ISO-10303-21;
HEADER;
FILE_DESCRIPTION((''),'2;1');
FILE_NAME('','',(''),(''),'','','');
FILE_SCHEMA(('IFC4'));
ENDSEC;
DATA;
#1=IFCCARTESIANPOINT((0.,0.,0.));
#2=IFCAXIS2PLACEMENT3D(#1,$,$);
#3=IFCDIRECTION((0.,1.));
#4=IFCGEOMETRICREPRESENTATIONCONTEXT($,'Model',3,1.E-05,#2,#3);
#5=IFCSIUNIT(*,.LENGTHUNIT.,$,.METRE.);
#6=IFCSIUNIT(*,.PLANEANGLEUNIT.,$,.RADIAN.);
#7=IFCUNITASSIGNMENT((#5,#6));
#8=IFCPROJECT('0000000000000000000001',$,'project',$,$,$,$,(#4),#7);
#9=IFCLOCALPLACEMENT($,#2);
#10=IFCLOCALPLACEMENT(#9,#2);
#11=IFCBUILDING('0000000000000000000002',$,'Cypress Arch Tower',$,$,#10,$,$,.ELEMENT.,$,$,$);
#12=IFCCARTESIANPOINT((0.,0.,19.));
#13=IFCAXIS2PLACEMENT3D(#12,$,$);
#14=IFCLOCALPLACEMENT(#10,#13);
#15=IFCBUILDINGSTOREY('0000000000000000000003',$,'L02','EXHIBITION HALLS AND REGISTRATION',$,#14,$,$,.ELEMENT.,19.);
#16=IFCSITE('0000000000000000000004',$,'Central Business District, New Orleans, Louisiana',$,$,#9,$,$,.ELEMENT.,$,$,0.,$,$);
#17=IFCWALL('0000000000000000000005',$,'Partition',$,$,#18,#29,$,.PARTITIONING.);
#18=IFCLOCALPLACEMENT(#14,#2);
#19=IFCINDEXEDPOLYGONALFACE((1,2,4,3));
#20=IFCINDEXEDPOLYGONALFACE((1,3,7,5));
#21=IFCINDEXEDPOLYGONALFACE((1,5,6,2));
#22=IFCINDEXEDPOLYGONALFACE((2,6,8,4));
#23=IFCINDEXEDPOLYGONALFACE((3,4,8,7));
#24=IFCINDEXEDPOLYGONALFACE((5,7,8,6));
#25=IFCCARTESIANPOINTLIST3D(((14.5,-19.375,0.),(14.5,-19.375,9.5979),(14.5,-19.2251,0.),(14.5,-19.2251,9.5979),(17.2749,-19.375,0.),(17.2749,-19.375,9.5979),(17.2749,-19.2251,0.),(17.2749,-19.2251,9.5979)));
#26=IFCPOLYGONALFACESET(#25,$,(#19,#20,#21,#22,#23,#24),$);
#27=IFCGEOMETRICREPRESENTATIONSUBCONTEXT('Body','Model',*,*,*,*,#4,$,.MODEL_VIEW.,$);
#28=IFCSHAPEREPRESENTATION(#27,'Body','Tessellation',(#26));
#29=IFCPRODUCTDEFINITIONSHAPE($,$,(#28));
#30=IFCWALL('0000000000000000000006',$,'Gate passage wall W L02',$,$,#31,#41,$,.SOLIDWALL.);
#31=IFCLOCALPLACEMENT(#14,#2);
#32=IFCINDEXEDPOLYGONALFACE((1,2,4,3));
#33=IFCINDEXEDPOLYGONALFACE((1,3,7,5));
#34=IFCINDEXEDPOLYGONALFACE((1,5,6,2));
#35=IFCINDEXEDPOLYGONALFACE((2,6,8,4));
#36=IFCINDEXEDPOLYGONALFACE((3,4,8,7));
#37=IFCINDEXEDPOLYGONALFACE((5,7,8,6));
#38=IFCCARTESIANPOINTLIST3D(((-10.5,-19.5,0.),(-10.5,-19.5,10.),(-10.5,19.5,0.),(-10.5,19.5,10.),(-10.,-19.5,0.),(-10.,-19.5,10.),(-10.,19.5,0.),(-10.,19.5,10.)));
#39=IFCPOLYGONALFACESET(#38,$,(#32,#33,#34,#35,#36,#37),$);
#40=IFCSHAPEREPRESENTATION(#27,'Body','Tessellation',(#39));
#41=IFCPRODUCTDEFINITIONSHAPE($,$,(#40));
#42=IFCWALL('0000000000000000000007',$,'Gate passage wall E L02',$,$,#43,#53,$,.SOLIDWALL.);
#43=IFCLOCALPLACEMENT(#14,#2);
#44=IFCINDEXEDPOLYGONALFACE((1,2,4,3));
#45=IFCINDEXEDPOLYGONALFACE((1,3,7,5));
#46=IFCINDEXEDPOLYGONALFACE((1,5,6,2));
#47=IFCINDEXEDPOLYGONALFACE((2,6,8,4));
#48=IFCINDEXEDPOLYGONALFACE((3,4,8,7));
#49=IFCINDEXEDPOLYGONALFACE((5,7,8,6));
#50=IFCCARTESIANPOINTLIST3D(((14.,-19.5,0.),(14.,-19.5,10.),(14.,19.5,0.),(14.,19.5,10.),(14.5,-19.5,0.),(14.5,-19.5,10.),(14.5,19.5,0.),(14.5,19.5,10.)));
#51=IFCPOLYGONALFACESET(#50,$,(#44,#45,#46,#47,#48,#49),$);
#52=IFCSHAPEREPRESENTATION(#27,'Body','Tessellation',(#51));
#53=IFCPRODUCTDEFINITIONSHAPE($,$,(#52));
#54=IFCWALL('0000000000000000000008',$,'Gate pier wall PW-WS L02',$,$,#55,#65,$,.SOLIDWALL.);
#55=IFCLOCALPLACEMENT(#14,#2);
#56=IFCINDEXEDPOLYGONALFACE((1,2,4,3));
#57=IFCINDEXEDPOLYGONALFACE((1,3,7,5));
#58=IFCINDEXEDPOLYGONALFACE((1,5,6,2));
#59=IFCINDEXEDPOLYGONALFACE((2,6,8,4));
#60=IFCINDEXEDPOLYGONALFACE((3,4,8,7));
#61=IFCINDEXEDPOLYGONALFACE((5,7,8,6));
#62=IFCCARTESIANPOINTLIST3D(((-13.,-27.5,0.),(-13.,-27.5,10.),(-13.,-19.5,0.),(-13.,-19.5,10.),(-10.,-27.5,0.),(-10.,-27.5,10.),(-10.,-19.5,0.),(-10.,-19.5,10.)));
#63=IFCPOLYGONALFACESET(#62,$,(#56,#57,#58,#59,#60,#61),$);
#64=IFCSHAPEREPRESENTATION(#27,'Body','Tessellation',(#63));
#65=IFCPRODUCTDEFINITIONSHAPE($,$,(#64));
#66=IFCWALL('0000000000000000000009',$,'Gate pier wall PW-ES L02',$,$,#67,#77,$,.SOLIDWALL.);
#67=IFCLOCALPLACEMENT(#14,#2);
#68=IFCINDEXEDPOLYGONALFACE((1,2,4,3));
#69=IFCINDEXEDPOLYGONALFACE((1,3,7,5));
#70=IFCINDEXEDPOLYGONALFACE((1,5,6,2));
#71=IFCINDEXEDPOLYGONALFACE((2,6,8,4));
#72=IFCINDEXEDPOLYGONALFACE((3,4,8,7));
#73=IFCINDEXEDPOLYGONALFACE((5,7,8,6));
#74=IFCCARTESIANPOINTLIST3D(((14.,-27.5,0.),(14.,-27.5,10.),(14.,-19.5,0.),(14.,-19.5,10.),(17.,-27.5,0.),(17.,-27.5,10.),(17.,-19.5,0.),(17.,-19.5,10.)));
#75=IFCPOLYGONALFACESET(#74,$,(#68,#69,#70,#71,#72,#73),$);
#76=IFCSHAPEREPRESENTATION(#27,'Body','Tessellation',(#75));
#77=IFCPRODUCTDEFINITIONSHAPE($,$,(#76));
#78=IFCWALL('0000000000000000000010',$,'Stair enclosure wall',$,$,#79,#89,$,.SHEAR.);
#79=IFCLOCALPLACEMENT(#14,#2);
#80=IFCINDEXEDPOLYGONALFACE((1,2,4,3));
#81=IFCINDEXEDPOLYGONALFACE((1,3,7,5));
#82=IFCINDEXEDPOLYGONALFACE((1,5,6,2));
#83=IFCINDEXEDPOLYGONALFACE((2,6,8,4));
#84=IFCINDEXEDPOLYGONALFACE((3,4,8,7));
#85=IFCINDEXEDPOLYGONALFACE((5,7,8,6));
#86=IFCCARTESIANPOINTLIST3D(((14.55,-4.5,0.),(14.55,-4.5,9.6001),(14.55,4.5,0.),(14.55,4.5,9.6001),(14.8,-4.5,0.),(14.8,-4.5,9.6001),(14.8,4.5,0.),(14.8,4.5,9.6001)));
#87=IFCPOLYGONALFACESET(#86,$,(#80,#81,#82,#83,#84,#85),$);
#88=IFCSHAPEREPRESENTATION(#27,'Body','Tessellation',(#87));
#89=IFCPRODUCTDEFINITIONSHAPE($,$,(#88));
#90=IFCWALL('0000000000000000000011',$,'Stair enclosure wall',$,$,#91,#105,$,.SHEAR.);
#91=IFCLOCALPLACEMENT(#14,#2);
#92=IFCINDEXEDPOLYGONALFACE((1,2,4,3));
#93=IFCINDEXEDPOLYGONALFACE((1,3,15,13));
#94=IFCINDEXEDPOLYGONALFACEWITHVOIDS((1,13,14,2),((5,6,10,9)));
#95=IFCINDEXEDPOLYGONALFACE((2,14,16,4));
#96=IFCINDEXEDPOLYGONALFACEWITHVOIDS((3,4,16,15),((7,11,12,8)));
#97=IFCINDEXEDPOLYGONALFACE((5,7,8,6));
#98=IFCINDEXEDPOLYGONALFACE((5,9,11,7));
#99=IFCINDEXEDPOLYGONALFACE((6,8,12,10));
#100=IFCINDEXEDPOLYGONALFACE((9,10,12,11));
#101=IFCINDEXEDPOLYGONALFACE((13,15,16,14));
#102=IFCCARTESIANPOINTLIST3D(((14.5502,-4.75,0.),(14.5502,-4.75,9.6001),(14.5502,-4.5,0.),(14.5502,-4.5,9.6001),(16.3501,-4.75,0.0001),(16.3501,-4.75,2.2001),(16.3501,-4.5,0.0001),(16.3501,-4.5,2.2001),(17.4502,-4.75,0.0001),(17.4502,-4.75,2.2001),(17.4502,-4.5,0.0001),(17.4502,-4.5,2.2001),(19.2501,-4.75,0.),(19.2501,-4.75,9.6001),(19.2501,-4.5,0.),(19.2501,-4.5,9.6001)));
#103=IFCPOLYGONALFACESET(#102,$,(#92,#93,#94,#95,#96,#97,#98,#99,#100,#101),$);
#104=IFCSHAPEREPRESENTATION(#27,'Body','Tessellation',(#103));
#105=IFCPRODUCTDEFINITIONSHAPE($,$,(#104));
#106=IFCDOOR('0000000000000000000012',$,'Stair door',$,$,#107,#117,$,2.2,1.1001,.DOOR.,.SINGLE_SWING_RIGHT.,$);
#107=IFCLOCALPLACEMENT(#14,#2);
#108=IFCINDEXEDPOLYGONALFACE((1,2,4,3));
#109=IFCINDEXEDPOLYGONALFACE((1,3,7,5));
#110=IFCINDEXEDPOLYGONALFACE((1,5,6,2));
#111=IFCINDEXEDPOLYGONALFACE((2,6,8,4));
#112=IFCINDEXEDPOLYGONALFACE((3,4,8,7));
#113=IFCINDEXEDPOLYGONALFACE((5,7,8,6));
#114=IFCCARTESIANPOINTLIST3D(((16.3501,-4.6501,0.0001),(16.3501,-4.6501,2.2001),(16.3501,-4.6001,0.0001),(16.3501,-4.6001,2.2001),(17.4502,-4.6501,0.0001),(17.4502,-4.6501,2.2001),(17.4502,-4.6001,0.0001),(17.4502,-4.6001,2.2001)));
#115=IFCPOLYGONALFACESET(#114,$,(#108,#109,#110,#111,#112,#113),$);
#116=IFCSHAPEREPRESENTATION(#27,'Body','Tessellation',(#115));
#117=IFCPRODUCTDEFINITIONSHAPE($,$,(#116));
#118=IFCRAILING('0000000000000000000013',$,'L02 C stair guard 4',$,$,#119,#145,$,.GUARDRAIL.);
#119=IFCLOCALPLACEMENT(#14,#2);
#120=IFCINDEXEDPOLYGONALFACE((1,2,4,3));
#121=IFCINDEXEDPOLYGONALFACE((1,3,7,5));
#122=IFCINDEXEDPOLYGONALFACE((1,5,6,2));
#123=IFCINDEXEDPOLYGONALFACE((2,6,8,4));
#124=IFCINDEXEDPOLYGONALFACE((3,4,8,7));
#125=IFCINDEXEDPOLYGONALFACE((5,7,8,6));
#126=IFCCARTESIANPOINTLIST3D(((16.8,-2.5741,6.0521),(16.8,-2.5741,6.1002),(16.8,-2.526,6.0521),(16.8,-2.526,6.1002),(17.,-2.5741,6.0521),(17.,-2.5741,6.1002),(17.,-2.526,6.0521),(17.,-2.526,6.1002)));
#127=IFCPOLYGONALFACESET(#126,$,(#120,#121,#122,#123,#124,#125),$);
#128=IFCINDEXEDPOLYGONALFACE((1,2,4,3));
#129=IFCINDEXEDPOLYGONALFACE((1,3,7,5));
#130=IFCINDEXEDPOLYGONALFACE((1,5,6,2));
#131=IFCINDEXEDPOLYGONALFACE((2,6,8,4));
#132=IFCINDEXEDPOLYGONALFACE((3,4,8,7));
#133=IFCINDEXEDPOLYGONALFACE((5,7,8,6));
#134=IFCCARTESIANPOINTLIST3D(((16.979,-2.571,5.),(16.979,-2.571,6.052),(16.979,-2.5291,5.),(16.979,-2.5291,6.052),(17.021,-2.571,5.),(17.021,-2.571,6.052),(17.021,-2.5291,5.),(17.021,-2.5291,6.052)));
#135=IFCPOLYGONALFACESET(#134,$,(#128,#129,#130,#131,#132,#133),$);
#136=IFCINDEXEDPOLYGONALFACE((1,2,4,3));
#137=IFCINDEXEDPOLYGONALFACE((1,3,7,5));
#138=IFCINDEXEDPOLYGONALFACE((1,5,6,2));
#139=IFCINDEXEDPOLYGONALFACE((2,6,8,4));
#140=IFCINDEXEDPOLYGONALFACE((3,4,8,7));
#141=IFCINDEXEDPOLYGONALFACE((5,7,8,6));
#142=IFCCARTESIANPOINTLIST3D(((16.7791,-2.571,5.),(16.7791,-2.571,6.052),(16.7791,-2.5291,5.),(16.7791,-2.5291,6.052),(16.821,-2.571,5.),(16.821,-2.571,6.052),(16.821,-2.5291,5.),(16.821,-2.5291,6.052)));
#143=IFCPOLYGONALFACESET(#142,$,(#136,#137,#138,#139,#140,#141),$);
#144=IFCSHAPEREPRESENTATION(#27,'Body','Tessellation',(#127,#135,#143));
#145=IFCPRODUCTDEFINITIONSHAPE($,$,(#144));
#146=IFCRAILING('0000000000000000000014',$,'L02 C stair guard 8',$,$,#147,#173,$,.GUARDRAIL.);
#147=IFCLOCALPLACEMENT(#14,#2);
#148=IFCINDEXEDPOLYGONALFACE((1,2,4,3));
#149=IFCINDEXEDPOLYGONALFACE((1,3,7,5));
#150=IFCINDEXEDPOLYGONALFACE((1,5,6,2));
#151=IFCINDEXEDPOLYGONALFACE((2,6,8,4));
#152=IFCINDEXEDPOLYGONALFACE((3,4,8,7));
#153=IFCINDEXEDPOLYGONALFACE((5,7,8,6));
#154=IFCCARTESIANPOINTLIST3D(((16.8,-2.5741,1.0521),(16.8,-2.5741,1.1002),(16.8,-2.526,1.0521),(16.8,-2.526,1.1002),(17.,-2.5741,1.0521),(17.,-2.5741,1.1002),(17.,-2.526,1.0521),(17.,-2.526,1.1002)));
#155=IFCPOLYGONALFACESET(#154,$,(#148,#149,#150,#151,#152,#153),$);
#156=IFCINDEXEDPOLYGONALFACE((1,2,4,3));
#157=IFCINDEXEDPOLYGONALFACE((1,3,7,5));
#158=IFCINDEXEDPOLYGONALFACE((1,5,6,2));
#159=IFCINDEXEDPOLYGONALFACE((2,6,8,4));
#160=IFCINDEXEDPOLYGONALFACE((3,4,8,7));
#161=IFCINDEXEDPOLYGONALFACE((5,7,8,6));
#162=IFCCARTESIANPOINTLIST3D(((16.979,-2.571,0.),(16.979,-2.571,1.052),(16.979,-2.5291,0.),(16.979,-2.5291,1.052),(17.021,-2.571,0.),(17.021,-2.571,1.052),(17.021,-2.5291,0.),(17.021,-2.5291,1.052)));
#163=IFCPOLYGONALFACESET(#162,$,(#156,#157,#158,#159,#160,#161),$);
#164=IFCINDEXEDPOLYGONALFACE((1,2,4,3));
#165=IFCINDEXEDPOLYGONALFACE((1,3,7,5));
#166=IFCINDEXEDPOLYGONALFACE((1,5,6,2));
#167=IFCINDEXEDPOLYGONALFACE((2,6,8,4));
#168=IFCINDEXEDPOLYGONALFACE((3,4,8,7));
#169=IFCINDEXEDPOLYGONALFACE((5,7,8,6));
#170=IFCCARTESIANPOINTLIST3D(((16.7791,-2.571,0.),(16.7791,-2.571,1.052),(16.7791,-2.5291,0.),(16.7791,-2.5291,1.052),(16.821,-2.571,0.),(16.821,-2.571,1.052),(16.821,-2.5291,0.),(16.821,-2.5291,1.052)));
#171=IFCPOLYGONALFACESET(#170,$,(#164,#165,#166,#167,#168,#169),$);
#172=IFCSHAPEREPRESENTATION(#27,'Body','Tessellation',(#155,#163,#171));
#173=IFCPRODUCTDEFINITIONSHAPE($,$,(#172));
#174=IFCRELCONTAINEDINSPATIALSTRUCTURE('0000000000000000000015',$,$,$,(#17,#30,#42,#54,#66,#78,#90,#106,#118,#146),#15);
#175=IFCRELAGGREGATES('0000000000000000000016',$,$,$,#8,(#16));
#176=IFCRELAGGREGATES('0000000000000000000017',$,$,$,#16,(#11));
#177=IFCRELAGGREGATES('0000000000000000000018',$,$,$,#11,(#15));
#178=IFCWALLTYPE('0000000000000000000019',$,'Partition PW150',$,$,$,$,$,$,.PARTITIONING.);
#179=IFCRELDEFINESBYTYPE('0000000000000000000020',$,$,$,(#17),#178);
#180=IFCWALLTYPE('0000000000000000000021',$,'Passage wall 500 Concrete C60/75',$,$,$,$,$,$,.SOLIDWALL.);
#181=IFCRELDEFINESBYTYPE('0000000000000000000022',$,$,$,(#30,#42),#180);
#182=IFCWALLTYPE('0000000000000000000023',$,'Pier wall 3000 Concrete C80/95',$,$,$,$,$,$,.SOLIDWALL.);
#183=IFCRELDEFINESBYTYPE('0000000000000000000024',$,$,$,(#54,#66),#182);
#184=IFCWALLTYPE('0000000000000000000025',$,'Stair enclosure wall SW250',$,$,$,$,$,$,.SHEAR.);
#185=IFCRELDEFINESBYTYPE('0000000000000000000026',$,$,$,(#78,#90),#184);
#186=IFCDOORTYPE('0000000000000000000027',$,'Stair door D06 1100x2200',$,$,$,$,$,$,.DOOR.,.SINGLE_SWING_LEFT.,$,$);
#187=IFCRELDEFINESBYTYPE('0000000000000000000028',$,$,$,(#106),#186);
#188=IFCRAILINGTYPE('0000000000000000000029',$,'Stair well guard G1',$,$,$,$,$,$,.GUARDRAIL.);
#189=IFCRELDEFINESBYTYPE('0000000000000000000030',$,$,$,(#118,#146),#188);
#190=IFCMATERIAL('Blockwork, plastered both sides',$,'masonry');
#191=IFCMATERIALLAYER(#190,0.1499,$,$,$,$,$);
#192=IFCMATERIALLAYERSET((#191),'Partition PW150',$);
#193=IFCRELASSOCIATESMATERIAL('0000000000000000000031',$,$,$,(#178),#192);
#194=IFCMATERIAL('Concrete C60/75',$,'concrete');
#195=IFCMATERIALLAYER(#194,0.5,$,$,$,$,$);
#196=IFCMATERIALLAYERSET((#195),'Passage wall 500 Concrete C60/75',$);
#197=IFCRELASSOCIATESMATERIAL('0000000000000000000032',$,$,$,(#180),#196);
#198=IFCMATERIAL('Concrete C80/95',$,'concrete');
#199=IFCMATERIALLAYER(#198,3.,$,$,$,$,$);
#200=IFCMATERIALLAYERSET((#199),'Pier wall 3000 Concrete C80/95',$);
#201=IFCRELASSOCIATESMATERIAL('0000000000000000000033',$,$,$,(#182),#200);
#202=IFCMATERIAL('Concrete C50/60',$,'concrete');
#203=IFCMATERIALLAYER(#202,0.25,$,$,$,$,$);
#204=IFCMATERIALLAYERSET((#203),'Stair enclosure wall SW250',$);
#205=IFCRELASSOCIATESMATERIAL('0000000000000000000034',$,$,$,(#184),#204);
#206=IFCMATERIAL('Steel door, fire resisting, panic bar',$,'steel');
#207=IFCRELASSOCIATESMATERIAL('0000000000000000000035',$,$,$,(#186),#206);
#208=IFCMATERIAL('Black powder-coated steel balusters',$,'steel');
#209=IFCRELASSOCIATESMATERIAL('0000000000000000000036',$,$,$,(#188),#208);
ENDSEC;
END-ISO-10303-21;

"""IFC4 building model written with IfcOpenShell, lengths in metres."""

from ifc_helpers import new_model, si_unit, direction, frame, frame_2d, origin, origin_2d, place, context, subcontext, project, spatial, rectangle, extrude, material, layer, layer_set, type_object, element, fill, save


model = new_model("IFC4")

# Units and contexts
model_context = context("Model", 3, precision=1e-05, world=origin(), true_north=direction((0.0, 1.0)))
body_context = subcontext(model_context, "Body", "Model", "MODEL_VIEW")
ifc_project = project(units=[si_unit("LENGTHUNIT", "METRE"), si_unit("PLANEANGLEUNIT", "RADIAN")], contexts=[model_context])

# Site, building, storey
site_placement = place(None, origin())
site = spatial("IfcSite", under=ifc_project, at=site_placement, Name="Central Business District, New Orleans, Louisiana", CompositionType="ELEMENT", RefElevation=0.0)
building_placement = place(site_placement, origin())
building = spatial("IfcBuilding", under=site, at=building_placement, Name="Cypress Arch Tower", CompositionType="ELEMENT")
storey_placement = place(building_placement, frame((0.0, 0.0, 19.0)))
storey = spatial("IfcBuildingStorey", under=building, at=storey_placement, Name="L02", Description="EXHIBITION HALLS AND REGISTRATION", CompositionType="ELEMENT", Elevation=19.0)

# Walls
ifc_material_1 = material(Name="Blockwork, plastered both sides", Category="masonry")
ifc_layer_1 = layer(ifc_material_1, 0.1499)
ifc_layer_set_1 = layer_set([ifc_layer_1], Name="Partition PW150")
wall_type_1 = type_object("IfcWallType", Name="Partition PW150", PredefinedType="PARTITIONING", material=ifc_layer_set_1)
wall_1_placement = place(storey_placement, frame((14.5, -19.3, 0.0), z_axis=(0.0, 0.0, 1.0), x_axis=(1.0, 0.0, 0.0)))
element("IfcWall", 1, at=wall_1_placement, inside=storey, type_object=wall_type_1, Name="Partition", PredefinedType="PARTITIONING", context=body_context, shape_type="SweptSolid", body=[
    extrude(rectangle(XDim=2.7749, YDim=0.1499, at=frame_2d((1.3875, 0.0))), origin(), (0.0, 0.0, 1.0), 9.5979),
])
ifc_material_2 = material(Name="Concrete C60/75", Category="concrete")
ifc_layer_2 = layer(ifc_material_2, 0.5)
ifc_layer_set_2 = layer_set([ifc_layer_2], Name="Passage wall 500 Concrete C60/75")
wall_type_2 = type_object("IfcWallType", Name="Passage wall 500 Concrete C60/75", PredefinedType="SOLIDWALL", material=ifc_layer_set_2)
for number, where, z_axis, x_axis, name in (
    (2, (-10.25, -19.5, 0.0), (0.0, 0.0, 1.0), (0.0, 1.0, 0.0), "Gate passage wall W L02"),
    (3, (14.25, -19.5, 0.0), (0.0, 0.0, 1.0), (0.0, 1.0, 0.0), "Gate passage wall E L02"),
):
    element("IfcWall", number, at=place(storey_placement, frame(where, z_axis=z_axis, x_axis=x_axis)), inside=storey, type_object=wall_type_2, Name=name, PredefinedType="SOLIDWALL", context=body_context, shape_type="SweptSolid", body=[
        extrude(rectangle(XDim=39.0, YDim=0.5, at=frame_2d((19.5, 0.0))), origin(), (0.0, 0.0, 1.0), 10.0),
    ])
ifc_material_3 = material(Name="Concrete C80/95", Category="concrete")
ifc_layer_3 = layer(ifc_material_3, 3.0)
ifc_layer_set_3 = layer_set([ifc_layer_3], Name="Pier wall 3000 Concrete C80/95")
wall_type_3 = type_object("IfcWallType", Name="Pier wall 3000 Concrete C80/95", PredefinedType="SOLIDWALL", material=ifc_layer_set_3)
for number, where, z_axis, x_axis, name in (
    (4, (-11.5, -27.5, 0.0), (0.0, 0.0, 1.0), (0.0, 1.0, 0.0), "Gate pier wall PW-WS L02"),
    (5, (15.5, -27.5, 0.0), (0.0, 0.0, 1.0), (0.0, 1.0, 0.0), "Gate pier wall PW-ES L02"),
):
    element("IfcWall", number, at=place(storey_placement, frame(where, z_axis=z_axis, x_axis=x_axis)), inside=storey, type_object=wall_type_3, Name=name, PredefinedType="SOLIDWALL", context=body_context, shape_type="SweptSolid", body=[
        extrude(rectangle(XDim=8.0, YDim=3.0, at=frame_2d((4.0, 0.0))), origin(), (0.0, 0.0, 1.0), 10.0),
    ])
ifc_material_4 = material(Name="Concrete C50/60", Category="concrete")
ifc_layer_4 = layer(ifc_material_4, 0.25)
ifc_layer_set_4 = layer_set([ifc_layer_4], Name="Stair enclosure wall SW250")
wall_type_4 = type_object("IfcWallType", Name="Stair enclosure wall SW250", PredefinedType="SHEAR", material=ifc_layer_set_4)
wall_2_placement = place(storey_placement, frame((14.675, -4.5, 0.0), z_axis=(0.0, 0.0, 1.0), x_axis=(0.0, 1.0, 0.0)))
element("IfcWall", 6, at=wall_2_placement, inside=storey, type_object=wall_type_4, Name="Stair enclosure wall", PredefinedType="SHEAR", context=body_context, shape_type="SweptSolid", body=[
    extrude(rectangle(XDim=9.0, YDim=0.25, at=frame_2d((4.5, 0.0))), origin(), (0.0, 0.0, 1.0), 9.6001),
])

# Wall, opening, door
wall_3_placement = place(storey_placement, frame((14.55, -4.625, 0.0), z_axis=(0.0, 0.0, 1.0), x_axis=(1.0, 0.0, 0.0)))
wall_3 = element("IfcWall", 7, at=wall_3_placement, inside=storey, type_object=wall_type_4, Name="Stair enclosure wall", PredefinedType="SHEAR", context=body_context, shape_type="SweptSolid", body=[
    extrude(rectangle(XDim=4.7, YDim=0.25, at=frame_2d((2.3501, 0.0))), origin(), (0.0, 0.0, 1.0), 9.6001),
])
opening_1_placement = place(wall_3_placement, frame((1.8, 0.0, 0.0)))
opening_1 = element("IfcOpeningElement", 8, at=opening_1_placement, cuts=wall_3, PredefinedType="OPENING", context=body_context, shape_type="SweptSolid", body=[
    extrude(rectangle(XDim=1.1001, YDim=2.2, at=frame_2d((0.55, 1.1001))), frame((0.0, 0.135, 0.0), z_axis=(0.0, -1.0, 0.0), x_axis=(1.0, 0.0, 0.0)), (0.0, 0.0, 1.0), 0.27),
])
ifc_material_5 = material(Name="Steel door, fire resisting, panic bar", Category="steel")
door_type_1 = type_object("IfcDoorType", Name="Stair door D06 1100x2200", OperationType="SINGLE_SWING_LEFT", PredefinedType="DOOR", material=ifc_material_5)
door_1_placement = place(opening_1_placement, origin())
door_1 = element("IfcDoor", 9, at=door_1_placement, inside=storey, type_object=door_type_1, Name="Stair door", OperationType="SINGLE_SWING_RIGHT", OverallHeight=2.2, OverallWidth=1.1001, PredefinedType="DOOR", context=body_context, shape_type="SweptSolid", body=[
    extrude(rectangle(XDim=1.1001, YDim=2.2, at=frame_2d((0.55, 1.1001))), frame((0.0, 0.0249, 0.0), z_axis=(0.0, -1.0, 0.0), x_axis=(1.0, 0.0, 0.0)), (0.0, 0.0, 1.0), 0.05),
])
fill(opening_1, door_1)

# Railings
ifc_material_6 = material(Name="Black powder-coated steel balusters", Category="steel")
railing_type = type_object("IfcRailingType", Name="Stair well guard G1", PredefinedType="GUARDRAIL", material=ifc_material_6)
for number, where, name in (
    (10, (17.0, -2.55, 5.0), "L02 C stair guard 4"),
    (11, (17.0, -2.55, 0.0), "L02 C stair guard 8"),
):
    element("IfcRailing", number, at=place(storey_placement, frame(where)), inside=storey, type_object=railing_type, Name=name, PredefinedType="GUARDRAIL", context=body_context, shape_type="SweptSolid", body=[
        extrude(rectangle(XDim=0.0481, YDim=0.0481, at=origin_2d()), frame((0.0, 0.0, 1.0762), z_axis=(-1.0, 0.0, 0.0), x_axis=(0.0, -1.0, 0.0)), (0.0, 0.0, 1.0), 0.2),
        extrude(rectangle(XDim=0.042, YDim=0.042, at=origin_2d()), origin(), (0.0, 0.0, 1.0), 1.052),
        extrude(rectangle(XDim=0.042, YDim=0.042, at=origin_2d()), frame((-0.2, 0.0, 0.0)), (0.0, 0.0, 1.0), 1.052),
    ])

save(model, "model.ifc")
